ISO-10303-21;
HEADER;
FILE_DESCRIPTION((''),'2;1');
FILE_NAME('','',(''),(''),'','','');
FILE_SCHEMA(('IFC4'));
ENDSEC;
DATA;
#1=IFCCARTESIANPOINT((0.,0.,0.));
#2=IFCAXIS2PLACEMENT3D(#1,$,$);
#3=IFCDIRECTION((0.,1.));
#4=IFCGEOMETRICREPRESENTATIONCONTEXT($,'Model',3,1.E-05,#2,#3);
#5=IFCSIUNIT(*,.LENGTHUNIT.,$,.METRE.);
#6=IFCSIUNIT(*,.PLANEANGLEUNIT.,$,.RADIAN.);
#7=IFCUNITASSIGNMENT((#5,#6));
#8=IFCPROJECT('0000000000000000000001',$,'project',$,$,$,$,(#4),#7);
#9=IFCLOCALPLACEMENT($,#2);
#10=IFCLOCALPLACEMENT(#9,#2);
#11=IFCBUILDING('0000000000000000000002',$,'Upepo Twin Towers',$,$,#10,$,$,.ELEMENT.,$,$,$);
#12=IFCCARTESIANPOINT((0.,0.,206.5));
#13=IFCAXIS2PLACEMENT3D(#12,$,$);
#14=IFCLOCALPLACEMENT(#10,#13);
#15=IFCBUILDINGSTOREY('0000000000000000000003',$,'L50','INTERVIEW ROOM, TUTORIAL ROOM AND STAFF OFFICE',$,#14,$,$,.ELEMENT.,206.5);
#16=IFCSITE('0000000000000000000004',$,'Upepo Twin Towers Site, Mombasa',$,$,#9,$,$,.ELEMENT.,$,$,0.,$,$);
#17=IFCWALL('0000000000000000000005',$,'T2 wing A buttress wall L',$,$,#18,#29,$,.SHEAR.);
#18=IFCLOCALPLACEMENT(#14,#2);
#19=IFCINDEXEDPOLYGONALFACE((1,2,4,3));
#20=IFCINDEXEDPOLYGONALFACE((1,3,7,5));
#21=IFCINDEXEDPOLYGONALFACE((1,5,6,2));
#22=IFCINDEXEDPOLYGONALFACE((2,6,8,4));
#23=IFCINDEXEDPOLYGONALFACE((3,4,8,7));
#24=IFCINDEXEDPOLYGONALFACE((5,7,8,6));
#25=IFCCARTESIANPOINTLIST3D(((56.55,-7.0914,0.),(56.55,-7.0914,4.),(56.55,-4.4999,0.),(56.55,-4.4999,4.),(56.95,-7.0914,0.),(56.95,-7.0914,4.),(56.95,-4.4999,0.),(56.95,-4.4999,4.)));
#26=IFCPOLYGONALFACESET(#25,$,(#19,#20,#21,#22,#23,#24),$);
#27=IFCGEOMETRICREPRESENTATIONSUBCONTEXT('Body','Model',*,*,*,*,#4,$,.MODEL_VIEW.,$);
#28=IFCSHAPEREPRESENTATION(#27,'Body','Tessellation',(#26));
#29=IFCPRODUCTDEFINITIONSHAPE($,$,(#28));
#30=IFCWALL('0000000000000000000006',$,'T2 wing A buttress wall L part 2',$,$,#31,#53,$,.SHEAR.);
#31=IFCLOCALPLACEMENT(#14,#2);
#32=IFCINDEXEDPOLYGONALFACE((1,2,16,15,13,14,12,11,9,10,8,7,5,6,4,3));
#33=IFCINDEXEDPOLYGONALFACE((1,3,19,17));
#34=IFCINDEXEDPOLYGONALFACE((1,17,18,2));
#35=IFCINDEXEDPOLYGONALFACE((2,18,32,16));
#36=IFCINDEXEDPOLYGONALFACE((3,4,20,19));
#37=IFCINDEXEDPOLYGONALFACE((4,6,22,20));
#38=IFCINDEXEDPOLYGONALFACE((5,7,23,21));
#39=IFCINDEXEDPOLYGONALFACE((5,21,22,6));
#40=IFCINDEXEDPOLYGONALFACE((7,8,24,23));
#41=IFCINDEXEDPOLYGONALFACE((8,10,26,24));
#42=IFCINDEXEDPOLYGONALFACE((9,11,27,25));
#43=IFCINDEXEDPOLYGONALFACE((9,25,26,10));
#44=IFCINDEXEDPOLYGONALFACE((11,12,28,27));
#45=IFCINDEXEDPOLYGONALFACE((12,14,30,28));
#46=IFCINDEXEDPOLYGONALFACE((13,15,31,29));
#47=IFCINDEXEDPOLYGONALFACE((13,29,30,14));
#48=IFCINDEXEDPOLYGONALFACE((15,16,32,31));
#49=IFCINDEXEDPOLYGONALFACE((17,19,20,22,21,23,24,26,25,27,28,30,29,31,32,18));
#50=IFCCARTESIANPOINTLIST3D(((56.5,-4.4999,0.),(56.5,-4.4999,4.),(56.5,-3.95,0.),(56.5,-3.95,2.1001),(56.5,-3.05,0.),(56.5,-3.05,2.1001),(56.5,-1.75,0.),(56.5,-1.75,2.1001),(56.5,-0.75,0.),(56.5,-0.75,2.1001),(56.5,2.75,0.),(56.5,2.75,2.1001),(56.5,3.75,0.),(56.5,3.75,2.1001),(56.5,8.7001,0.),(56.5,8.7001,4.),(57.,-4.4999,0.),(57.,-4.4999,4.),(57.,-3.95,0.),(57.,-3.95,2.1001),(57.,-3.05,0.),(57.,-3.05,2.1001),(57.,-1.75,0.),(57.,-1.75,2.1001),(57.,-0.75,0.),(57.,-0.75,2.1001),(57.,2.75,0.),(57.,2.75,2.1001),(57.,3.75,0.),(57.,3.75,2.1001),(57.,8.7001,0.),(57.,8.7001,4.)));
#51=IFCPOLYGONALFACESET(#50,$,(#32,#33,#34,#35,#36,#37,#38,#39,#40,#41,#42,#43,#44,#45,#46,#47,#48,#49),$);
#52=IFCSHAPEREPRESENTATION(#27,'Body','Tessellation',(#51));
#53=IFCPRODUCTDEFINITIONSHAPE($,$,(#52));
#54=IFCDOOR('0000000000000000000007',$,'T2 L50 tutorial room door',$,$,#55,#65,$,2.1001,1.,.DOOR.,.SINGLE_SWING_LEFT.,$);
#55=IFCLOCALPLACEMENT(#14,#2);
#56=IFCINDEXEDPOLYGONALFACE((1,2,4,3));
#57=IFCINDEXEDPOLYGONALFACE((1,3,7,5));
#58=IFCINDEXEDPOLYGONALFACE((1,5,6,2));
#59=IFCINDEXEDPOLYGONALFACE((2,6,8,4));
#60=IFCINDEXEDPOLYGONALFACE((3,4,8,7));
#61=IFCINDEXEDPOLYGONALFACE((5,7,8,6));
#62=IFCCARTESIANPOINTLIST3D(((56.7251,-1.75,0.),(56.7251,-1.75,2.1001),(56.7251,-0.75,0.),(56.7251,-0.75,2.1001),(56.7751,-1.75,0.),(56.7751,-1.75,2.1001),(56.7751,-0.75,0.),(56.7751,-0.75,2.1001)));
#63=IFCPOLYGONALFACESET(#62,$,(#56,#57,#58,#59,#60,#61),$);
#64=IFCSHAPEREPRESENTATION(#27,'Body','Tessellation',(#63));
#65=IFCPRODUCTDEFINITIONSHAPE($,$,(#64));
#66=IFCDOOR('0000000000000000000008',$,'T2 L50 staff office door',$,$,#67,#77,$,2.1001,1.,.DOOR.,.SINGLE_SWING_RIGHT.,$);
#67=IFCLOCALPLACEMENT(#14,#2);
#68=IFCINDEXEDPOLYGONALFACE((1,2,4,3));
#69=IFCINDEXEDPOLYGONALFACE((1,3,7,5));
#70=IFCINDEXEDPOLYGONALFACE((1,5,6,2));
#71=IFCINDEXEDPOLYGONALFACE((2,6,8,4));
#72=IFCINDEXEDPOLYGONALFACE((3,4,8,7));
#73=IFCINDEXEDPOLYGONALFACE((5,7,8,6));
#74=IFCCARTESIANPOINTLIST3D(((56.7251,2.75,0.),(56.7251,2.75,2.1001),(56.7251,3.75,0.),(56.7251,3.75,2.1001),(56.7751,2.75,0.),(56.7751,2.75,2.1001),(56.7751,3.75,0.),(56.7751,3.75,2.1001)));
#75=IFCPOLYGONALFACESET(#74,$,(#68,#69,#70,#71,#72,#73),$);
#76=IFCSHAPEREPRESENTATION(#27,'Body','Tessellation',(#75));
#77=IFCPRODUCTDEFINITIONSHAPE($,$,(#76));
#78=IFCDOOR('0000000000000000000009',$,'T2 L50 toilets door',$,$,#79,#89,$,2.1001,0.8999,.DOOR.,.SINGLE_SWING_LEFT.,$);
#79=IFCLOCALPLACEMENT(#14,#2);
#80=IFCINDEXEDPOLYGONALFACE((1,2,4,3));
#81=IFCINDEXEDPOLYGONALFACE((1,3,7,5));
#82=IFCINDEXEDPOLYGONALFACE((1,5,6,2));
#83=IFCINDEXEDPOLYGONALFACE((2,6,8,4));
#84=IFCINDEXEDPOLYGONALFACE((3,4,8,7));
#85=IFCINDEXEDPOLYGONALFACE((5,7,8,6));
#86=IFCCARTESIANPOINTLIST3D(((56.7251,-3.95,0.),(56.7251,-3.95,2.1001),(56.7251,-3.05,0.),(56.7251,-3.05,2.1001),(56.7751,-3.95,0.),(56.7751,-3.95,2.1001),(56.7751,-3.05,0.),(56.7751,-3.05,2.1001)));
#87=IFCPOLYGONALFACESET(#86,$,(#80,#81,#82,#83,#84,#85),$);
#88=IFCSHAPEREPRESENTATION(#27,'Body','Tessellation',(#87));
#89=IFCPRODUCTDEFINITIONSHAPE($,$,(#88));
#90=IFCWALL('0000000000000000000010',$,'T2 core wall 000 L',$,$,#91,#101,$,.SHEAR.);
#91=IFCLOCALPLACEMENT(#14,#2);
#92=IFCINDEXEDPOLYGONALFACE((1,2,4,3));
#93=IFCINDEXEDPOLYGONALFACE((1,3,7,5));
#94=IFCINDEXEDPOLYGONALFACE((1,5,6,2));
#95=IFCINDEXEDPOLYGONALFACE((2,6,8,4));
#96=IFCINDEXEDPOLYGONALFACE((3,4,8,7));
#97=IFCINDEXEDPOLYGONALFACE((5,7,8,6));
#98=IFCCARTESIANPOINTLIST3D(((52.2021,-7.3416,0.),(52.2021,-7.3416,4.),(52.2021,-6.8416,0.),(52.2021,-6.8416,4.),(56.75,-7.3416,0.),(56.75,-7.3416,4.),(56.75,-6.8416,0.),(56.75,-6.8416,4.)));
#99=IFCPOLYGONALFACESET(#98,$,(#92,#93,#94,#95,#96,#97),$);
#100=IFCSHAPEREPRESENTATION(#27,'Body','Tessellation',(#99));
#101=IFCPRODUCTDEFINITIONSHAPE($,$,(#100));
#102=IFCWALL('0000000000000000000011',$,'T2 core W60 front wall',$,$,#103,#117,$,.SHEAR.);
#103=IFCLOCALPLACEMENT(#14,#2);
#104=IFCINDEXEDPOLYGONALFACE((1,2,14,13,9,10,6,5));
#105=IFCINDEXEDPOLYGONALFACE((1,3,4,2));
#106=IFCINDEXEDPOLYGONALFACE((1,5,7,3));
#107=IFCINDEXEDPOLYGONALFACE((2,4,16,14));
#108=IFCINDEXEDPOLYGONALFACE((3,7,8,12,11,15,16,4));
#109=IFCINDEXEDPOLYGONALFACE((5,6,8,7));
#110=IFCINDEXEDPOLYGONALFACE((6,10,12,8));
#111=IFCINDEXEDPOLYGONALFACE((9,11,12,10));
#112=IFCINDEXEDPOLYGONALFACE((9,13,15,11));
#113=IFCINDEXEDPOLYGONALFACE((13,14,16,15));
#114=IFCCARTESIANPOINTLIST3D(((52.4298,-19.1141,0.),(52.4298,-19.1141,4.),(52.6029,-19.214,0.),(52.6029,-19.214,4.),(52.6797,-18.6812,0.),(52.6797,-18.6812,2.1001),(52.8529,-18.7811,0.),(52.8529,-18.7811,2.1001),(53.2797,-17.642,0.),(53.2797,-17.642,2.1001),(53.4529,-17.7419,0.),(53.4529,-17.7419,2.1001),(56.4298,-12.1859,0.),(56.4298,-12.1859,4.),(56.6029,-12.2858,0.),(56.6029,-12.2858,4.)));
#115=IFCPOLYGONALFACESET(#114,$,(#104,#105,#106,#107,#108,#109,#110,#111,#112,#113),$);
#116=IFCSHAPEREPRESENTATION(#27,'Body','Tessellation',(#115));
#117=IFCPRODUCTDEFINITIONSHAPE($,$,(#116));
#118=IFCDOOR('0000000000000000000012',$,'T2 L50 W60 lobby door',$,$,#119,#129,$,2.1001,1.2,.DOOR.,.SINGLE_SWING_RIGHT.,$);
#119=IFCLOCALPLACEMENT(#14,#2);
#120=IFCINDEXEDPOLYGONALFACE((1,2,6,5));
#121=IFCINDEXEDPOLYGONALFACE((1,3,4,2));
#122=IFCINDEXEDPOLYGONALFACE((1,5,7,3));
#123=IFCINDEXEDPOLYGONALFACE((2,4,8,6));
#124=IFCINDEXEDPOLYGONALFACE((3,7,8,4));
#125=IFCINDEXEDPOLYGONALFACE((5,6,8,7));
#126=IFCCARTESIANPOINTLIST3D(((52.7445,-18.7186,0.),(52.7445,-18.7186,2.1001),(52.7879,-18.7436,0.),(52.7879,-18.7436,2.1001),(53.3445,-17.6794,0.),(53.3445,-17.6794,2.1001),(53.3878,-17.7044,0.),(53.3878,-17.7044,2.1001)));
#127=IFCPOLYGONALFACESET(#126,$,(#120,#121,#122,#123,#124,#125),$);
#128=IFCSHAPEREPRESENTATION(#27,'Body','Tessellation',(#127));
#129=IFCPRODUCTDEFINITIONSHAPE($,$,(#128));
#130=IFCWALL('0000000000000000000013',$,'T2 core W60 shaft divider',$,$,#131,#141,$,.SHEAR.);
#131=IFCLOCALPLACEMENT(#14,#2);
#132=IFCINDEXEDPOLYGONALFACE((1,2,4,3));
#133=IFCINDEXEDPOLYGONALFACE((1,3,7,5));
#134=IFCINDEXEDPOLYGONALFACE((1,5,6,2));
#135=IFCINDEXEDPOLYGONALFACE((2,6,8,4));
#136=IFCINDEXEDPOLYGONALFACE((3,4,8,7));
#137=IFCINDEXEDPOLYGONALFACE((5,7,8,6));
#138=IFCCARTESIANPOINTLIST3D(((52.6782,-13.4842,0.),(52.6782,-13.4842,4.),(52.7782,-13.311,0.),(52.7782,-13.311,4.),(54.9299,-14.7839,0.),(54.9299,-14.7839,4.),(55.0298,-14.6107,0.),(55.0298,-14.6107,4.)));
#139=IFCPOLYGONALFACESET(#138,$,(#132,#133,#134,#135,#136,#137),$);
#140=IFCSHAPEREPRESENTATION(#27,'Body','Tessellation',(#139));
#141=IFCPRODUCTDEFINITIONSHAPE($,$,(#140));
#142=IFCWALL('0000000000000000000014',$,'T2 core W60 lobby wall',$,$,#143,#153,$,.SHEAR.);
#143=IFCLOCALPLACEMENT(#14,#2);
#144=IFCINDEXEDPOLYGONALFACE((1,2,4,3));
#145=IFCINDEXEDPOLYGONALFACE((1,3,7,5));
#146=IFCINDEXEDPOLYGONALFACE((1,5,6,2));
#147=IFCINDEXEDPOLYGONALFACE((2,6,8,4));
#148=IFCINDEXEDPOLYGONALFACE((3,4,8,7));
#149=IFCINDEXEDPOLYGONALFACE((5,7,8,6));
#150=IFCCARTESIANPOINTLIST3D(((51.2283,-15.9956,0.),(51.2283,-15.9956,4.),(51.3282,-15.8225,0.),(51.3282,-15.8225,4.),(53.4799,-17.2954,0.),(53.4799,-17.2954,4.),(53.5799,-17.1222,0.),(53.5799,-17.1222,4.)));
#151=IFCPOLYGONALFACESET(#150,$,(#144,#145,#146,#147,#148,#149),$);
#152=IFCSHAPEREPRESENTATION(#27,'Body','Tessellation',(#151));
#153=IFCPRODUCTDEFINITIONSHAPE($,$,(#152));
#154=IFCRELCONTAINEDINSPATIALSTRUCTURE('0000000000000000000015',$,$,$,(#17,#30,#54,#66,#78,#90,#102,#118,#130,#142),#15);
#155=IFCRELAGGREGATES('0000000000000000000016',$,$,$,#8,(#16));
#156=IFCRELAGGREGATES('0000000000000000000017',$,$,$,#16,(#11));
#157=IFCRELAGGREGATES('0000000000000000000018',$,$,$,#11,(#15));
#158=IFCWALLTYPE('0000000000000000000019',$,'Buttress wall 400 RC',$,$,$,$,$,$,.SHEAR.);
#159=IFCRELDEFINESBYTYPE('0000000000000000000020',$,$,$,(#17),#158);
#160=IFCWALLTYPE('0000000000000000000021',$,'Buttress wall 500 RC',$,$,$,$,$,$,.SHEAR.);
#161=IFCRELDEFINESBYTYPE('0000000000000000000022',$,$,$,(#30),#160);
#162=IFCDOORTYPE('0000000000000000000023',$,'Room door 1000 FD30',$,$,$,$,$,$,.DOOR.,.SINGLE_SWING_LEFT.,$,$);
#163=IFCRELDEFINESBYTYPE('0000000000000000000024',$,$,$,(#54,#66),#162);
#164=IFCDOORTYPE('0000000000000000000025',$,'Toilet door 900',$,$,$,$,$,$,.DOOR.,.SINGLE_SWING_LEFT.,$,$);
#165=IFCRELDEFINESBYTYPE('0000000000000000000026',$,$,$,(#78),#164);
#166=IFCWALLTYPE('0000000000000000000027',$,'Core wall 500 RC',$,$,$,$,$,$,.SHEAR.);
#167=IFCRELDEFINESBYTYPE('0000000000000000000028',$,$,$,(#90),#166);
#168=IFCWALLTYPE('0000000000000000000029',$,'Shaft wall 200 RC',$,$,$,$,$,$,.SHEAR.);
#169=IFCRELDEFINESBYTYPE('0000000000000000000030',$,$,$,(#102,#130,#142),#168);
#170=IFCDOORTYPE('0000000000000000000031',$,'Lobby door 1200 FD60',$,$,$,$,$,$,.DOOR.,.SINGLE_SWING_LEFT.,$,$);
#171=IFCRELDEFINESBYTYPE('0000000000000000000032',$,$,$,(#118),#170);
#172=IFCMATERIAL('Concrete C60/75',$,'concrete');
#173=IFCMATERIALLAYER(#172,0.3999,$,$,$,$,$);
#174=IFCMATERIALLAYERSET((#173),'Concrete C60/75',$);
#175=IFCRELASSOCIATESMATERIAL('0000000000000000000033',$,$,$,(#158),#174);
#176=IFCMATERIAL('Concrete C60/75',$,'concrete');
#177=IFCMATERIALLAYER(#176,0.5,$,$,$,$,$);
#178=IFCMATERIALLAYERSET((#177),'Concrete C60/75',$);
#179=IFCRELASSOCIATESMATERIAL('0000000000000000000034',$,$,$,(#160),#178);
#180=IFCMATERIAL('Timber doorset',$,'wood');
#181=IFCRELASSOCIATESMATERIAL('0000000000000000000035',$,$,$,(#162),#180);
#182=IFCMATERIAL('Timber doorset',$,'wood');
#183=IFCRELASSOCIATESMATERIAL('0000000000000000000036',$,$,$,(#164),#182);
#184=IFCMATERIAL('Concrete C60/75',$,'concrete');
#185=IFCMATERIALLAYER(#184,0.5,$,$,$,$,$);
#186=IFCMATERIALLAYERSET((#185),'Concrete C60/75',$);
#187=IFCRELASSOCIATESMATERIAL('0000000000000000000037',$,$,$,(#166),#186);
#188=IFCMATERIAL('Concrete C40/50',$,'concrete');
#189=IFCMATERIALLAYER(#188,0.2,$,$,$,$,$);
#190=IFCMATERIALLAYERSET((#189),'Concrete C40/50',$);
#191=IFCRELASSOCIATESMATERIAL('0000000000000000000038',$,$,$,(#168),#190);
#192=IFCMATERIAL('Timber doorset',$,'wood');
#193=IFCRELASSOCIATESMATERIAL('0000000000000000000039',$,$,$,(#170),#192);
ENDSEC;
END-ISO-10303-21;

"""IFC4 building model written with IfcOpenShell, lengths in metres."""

from ifc_helpers import new_model, si_unit, direction, frame, frame_2d, origin, place, context, subcontext, project, spatial, rectangle, extrude, material, layer, layer_set, type_object, element, fill, save


model = new_model("IFC4")

# Units and contexts
model_context = context("Model", 3, precision=1e-05, world=origin(), true_north=direction((0.0, 1.0)))
body_context = subcontext(model_context, "Body", "Model", "MODEL_VIEW")
ifc_project = project(units=[si_unit("LENGTHUNIT", "METRE"), si_unit("PLANEANGLEUNIT", "RADIAN")], contexts=[model_context])

# Site, building, storey
site_placement = place(None, origin())
site = spatial("IfcSite", under=ifc_project, at=site_placement, Name="Upepo Twin Towers Site, Mombasa", CompositionType="ELEMENT", RefElevation=0.0)
building_placement = place(site_placement, origin())
building = spatial("IfcBuilding", under=site, at=building_placement, Name="Upepo Twin Towers", CompositionType="ELEMENT")
storey_placement = place(building_placement, frame((0.0, 0.0, 206.5)))
storey = spatial("IfcBuildingStorey", under=building, at=storey_placement, Name="L50", Description="INTERVIEW ROOM, TUTORIAL ROOM AND STAFF OFFICE", CompositionType="ELEMENT", Elevation=206.5)

# Wall
ifc_material_1 = material(Name="Concrete C60/75", Category="concrete")
ifc_layer_1 = layer(ifc_material_1, 0.3999)
ifc_layer_set_1 = layer_set([ifc_layer_1], Name="Concrete C60/75")
wall_type_1 = type_object("IfcWallType", Name="Buttress wall 400 RC", PredefinedType="SHEAR", material=ifc_layer_set_1)
wall_1_placement = place(storey_placement, frame((56.75, -7.0916, 0.0), z_axis=(0.0, 0.0, 1.0), x_axis=(0.0, 1.0, 0.0)))
element("IfcWall", 1, at=wall_1_placement, inside=storey, type_object=wall_type_1, Name="T2 wing A buttress wall L", PredefinedType="SHEAR", context=body_context, shape_type="SweptSolid", body=[
    extrude(rectangle(XDim=2.5916, YDim=0.3999, at=frame_2d((1.2959, 0.0))), origin(), (0.0, 0.0, 1.0), 4.0),
])

# Wall, openings, doors
ifc_material_2 = material(Name="Concrete C60/75", Category="concrete")
ifc_layer_2 = layer(ifc_material_2, 0.5)
ifc_layer_set_2 = layer_set([ifc_layer_2], Name="Concrete C60/75")
wall_type_2 = type_object("IfcWallType", Name="Buttress wall 500 RC", PredefinedType="SHEAR", material=ifc_layer_set_2)
wall_2_placement = place(storey_placement, frame((56.75, -4.5, 0.0), z_axis=(0.0, 0.0, 1.0), x_axis=(0.0, 1.0, 0.0)))
wall_2 = element("IfcWall", 2, at=wall_2_placement, inside=storey, type_object=wall_type_2, Name="T2 wing A buttress wall L part 2", PredefinedType="SHEAR", context=body_context, shape_type="SweptSolid", body=[
    extrude(rectangle(XDim=13.2, YDim=0.5, at=frame_2d((6.6001, 0.0))), origin(), (0.0, 0.0, 1.0), 4.0),
])
opening_1_placement = place(wall_2_placement, frame((0.55, 0.0, 0.0)))
opening_1 = element("IfcOpeningElement", 3, at=opening_1_placement, cuts=wall_2, PredefinedType="OPENING", context=body_context, shape_type="SweptSolid", body=[
    extrude(rectangle(XDim=0.8999, YDim=2.1001, at=frame_2d((0.45, 1.05))), frame((0.0, 0.26, 0.0), z_axis=(0.0, -1.0, 0.0), x_axis=(1.0, 0.0, 0.0)), (0.0, 0.0, 1.0), 0.52),
])
opening_2_placement = place(wall_2_placement, frame((2.75, 0.0, 0.0)))
opening_2 = element("IfcOpeningElement", 4, at=opening_2_placement, cuts=wall_2, PredefinedType="OPENING", context=body_context, shape_type="SweptSolid", body=[
    extrude(rectangle(XDim=1.0, YDim=2.1001, at=frame_2d((0.5, 1.05))), frame((0.0, 0.26, 0.0), z_axis=(0.0, -1.0, 0.0), x_axis=(1.0, 0.0, 0.0)), (0.0, 0.0, 1.0), 0.52),
])
opening_3_placement = place(wall_2_placement, frame((7.25, 0.0, 0.0)))
opening_3 = element("IfcOpeningElement", 5, at=opening_3_placement, cuts=wall_2, PredefinedType="OPENING", context=body_context, shape_type="SweptSolid", body=[
    extrude(rectangle(XDim=1.0, YDim=2.1001, at=frame_2d((0.5, 1.05))), frame((0.0, 0.26, 0.0), z_axis=(0.0, -1.0, 0.0), x_axis=(1.0, 0.0, 0.0)), (0.0, 0.0, 1.0), 0.52),
])
ifc_material_3 = material(Name="Timber doorset", Category="wood")
door_type_1 = type_object("IfcDoorType", Name="Room door 1000 FD30", OperationType="SINGLE_SWING_LEFT", PredefinedType="DOOR", material=ifc_material_3)
door_1_placement = place(opening_2_placement, origin())
door_1 = element("IfcDoor", 6, at=door_1_placement, inside=storey, type_object=door_type_1, Name="T2 L50 tutorial room door", OperationType="SINGLE_SWING_LEFT", OverallHeight=2.1001, OverallWidth=1.0, PredefinedType="DOOR", context=body_context, shape_type="SweptSolid", body=[
    extrude(rectangle(XDim=1.0, YDim=2.1001, at=frame_2d((0.5, 1.05))), frame((0.0, 0.0249, 0.0), z_axis=(0.0, -1.0, 0.0), x_axis=(1.0, 0.0, 0.0)), (0.0, 0.0, 1.0), 0.05),
])
fill(opening_2, door_1)
door_2_placement = place(opening_3_placement, origin())
door_2 = element("IfcDoor", 7, at=door_2_placement, inside=storey, type_object=door_type_1, Name="T2 L50 staff office door", OperationType="SINGLE_SWING_RIGHT", OverallHeight=2.1001, OverallWidth=1.0, PredefinedType="DOOR", context=body_context, shape_type="SweptSolid", body=[
    extrude(rectangle(XDim=1.0, YDim=2.1001, at=frame_2d((0.5, 1.05))), frame((0.0, 0.0249, 0.0), z_axis=(0.0, -1.0, 0.0), x_axis=(1.0, 0.0, 0.0)), (0.0, 0.0, 1.0), 0.05),
])
fill(opening_3, door_2)
ifc_material_4 = material(Name="Timber doorset", Category="wood")
door_type_2 = type_object("IfcDoorType", Name="Toilet door 900", OperationType="SINGLE_SWING_LEFT", PredefinedType="DOOR", material=ifc_material_4)
door_3_placement = place(opening_1_placement, origin())
door_3 = element("IfcDoor", 8, at=door_3_placement, inside=storey, type_object=door_type_2, Name="T2 L50 toilets door", OperationType="SINGLE_SWING_LEFT", OverallHeight=2.1001, OverallWidth=0.8999, PredefinedType="DOOR", context=body_context, shape_type="SweptSolid", body=[
    extrude(rectangle(XDim=0.8999, YDim=2.1001, at=frame_2d((0.45, 1.05))), frame((0.0, 0.0249, 0.0), z_axis=(0.0, -1.0, 0.0), x_axis=(1.0, 0.0, 0.0)), (0.0, 0.0, 1.0), 0.05),
])
fill(opening_1, door_3)

# Wall
ifc_material_5 = material(Name="Concrete C60/75", Category="concrete")
ifc_layer_3 = layer(ifc_material_5, 0.5)
ifc_layer_set_3 = layer_set([ifc_layer_3], Name="Concrete C60/75")
wall_type_3 = type_object("IfcWallType", Name="Core wall 500 RC", PredefinedType="SHEAR", material=ifc_layer_set_3)
wall_3_placement = place(storey_placement, frame((56.75, -7.0916, 0.0), z_axis=(0.0, 0.0, 1.0), x_axis=(-1.0, 0.0, 0.0)))
element("IfcWall", 9, at=wall_3_placement, inside=storey, type_object=wall_type_3, Name="T2 core wall 000 L", PredefinedType="SHEAR", context=body_context, shape_type="SweptSolid", body=[
    extrude(rectangle(XDim=4.5479, YDim=0.5, at=frame_2d((2.2739, 0.0))), origin(), (0.0, 0.0, 1.0), 4.0),
])

# Wall, opening, door
ifc_material_6 = material(Name="Concrete C40/50", Category="concrete")
ifc_layer_4 = layer(ifc_material_6, 0.2)
ifc_layer_set_4 = layer_set([ifc_layer_4], Name="Concrete C40/50")
wall_type_4 = type_object("IfcWallType", Name="Shaft wall 200 RC", PredefinedType="SHEAR", material=ifc_layer_set_4)
wall_4_placement = place(storey_placement, frame((56.5164, -12.2358, 0.0), z_axis=(0.0, 0.0, 1.0), x_axis=(-0.499999, -0.866026, 0.0)))
wall_4 = element("IfcWall", 10, at=wall_4_placement, inside=storey, type_object=wall_type_4, Name="T2 core W60 front wall", PredefinedType="SHEAR", context=body_context, shape_type="SweptSolid", body=[
    extrude(rectangle(XDim=8.0, YDim=0.2, at=frame_2d((4.0, 0.0))), origin(), (0.0, 0.0, 1.0), 4.0),
])
opening_4_placement = place(wall_4_placement, frame((6.3, 0.0, 0.0)))
opening_4 = element("IfcOpeningElement", 11, at=opening_4_placement, cuts=wall_4, PredefinedType="OPENING", context=body_context, shape_type="SweptSolid", body=[
    extrude(rectangle(XDim=1.2, YDim=2.1001, at=frame_2d((0.6001, 1.05))), frame((0.0, 0.1099, 0.0), z_axis=(0.0, -1.0, 0.0), x_axis=(1.0, 0.0, 0.0)), (0.0, 0.0, 1.0), 0.22),
])
ifc_material_7 = material(Name="Timber doorset", Category="wood")
door_type_3 = type_object("IfcDoorType", Name="Lobby door 1200 FD60", OperationType="SINGLE_SWING_LEFT", PredefinedType="DOOR", material=ifc_material_7)
door_4_placement = place(opening_4_placement, origin())
door_4 = element("IfcDoor", 12, at=door_4_placement, inside=storey, type_object=door_type_3, Name="T2 L50 W60 lobby door", OperationType="SINGLE_SWING_RIGHT", OverallHeight=2.1001, OverallWidth=1.2, PredefinedType="DOOR", context=body_context, shape_type="SweptSolid", body=[
    extrude(rectangle(XDim=1.2, YDim=2.1001, at=frame_2d((0.6001, 1.05))), frame((0.0, 0.0249, 0.0), z_axis=(0.0, -1.0, 0.0), x_axis=(1.0, 0.0, 0.0)), (0.0, 0.0, 1.0), 0.05),
])
fill(opening_4, door_4)

# Walls
for number, where, z_axis, x_axis, name in (
    (13, (54.9797, -14.6973, 0.0), (0.0, 0.0, 1.0), (-0.866062, 0.499937, 0.0), "T2 core W60 shaft divider"),
    (14, (53.5298, -17.2087, 0.0), (0.0, 0.0, 1.0), (-0.866062, 0.499937, 0.0), "T2 core W60 lobby wall"),
):
    element("IfcWall", number, at=place(storey_placement, frame(where, z_axis=z_axis, x_axis=x_axis)), inside=storey, type_object=wall_type_4, Name=name, PredefinedType="SHEAR", context=body_context, shape_type="SweptSolid", body=[
        extrude(rectangle(XDim=2.5999, YDim=0.2, at=frame_2d((1.2998, 0.0))), origin(), (0.0, 0.0, 1.0), 4.0),
    ])

save(model, "model.ifc")
